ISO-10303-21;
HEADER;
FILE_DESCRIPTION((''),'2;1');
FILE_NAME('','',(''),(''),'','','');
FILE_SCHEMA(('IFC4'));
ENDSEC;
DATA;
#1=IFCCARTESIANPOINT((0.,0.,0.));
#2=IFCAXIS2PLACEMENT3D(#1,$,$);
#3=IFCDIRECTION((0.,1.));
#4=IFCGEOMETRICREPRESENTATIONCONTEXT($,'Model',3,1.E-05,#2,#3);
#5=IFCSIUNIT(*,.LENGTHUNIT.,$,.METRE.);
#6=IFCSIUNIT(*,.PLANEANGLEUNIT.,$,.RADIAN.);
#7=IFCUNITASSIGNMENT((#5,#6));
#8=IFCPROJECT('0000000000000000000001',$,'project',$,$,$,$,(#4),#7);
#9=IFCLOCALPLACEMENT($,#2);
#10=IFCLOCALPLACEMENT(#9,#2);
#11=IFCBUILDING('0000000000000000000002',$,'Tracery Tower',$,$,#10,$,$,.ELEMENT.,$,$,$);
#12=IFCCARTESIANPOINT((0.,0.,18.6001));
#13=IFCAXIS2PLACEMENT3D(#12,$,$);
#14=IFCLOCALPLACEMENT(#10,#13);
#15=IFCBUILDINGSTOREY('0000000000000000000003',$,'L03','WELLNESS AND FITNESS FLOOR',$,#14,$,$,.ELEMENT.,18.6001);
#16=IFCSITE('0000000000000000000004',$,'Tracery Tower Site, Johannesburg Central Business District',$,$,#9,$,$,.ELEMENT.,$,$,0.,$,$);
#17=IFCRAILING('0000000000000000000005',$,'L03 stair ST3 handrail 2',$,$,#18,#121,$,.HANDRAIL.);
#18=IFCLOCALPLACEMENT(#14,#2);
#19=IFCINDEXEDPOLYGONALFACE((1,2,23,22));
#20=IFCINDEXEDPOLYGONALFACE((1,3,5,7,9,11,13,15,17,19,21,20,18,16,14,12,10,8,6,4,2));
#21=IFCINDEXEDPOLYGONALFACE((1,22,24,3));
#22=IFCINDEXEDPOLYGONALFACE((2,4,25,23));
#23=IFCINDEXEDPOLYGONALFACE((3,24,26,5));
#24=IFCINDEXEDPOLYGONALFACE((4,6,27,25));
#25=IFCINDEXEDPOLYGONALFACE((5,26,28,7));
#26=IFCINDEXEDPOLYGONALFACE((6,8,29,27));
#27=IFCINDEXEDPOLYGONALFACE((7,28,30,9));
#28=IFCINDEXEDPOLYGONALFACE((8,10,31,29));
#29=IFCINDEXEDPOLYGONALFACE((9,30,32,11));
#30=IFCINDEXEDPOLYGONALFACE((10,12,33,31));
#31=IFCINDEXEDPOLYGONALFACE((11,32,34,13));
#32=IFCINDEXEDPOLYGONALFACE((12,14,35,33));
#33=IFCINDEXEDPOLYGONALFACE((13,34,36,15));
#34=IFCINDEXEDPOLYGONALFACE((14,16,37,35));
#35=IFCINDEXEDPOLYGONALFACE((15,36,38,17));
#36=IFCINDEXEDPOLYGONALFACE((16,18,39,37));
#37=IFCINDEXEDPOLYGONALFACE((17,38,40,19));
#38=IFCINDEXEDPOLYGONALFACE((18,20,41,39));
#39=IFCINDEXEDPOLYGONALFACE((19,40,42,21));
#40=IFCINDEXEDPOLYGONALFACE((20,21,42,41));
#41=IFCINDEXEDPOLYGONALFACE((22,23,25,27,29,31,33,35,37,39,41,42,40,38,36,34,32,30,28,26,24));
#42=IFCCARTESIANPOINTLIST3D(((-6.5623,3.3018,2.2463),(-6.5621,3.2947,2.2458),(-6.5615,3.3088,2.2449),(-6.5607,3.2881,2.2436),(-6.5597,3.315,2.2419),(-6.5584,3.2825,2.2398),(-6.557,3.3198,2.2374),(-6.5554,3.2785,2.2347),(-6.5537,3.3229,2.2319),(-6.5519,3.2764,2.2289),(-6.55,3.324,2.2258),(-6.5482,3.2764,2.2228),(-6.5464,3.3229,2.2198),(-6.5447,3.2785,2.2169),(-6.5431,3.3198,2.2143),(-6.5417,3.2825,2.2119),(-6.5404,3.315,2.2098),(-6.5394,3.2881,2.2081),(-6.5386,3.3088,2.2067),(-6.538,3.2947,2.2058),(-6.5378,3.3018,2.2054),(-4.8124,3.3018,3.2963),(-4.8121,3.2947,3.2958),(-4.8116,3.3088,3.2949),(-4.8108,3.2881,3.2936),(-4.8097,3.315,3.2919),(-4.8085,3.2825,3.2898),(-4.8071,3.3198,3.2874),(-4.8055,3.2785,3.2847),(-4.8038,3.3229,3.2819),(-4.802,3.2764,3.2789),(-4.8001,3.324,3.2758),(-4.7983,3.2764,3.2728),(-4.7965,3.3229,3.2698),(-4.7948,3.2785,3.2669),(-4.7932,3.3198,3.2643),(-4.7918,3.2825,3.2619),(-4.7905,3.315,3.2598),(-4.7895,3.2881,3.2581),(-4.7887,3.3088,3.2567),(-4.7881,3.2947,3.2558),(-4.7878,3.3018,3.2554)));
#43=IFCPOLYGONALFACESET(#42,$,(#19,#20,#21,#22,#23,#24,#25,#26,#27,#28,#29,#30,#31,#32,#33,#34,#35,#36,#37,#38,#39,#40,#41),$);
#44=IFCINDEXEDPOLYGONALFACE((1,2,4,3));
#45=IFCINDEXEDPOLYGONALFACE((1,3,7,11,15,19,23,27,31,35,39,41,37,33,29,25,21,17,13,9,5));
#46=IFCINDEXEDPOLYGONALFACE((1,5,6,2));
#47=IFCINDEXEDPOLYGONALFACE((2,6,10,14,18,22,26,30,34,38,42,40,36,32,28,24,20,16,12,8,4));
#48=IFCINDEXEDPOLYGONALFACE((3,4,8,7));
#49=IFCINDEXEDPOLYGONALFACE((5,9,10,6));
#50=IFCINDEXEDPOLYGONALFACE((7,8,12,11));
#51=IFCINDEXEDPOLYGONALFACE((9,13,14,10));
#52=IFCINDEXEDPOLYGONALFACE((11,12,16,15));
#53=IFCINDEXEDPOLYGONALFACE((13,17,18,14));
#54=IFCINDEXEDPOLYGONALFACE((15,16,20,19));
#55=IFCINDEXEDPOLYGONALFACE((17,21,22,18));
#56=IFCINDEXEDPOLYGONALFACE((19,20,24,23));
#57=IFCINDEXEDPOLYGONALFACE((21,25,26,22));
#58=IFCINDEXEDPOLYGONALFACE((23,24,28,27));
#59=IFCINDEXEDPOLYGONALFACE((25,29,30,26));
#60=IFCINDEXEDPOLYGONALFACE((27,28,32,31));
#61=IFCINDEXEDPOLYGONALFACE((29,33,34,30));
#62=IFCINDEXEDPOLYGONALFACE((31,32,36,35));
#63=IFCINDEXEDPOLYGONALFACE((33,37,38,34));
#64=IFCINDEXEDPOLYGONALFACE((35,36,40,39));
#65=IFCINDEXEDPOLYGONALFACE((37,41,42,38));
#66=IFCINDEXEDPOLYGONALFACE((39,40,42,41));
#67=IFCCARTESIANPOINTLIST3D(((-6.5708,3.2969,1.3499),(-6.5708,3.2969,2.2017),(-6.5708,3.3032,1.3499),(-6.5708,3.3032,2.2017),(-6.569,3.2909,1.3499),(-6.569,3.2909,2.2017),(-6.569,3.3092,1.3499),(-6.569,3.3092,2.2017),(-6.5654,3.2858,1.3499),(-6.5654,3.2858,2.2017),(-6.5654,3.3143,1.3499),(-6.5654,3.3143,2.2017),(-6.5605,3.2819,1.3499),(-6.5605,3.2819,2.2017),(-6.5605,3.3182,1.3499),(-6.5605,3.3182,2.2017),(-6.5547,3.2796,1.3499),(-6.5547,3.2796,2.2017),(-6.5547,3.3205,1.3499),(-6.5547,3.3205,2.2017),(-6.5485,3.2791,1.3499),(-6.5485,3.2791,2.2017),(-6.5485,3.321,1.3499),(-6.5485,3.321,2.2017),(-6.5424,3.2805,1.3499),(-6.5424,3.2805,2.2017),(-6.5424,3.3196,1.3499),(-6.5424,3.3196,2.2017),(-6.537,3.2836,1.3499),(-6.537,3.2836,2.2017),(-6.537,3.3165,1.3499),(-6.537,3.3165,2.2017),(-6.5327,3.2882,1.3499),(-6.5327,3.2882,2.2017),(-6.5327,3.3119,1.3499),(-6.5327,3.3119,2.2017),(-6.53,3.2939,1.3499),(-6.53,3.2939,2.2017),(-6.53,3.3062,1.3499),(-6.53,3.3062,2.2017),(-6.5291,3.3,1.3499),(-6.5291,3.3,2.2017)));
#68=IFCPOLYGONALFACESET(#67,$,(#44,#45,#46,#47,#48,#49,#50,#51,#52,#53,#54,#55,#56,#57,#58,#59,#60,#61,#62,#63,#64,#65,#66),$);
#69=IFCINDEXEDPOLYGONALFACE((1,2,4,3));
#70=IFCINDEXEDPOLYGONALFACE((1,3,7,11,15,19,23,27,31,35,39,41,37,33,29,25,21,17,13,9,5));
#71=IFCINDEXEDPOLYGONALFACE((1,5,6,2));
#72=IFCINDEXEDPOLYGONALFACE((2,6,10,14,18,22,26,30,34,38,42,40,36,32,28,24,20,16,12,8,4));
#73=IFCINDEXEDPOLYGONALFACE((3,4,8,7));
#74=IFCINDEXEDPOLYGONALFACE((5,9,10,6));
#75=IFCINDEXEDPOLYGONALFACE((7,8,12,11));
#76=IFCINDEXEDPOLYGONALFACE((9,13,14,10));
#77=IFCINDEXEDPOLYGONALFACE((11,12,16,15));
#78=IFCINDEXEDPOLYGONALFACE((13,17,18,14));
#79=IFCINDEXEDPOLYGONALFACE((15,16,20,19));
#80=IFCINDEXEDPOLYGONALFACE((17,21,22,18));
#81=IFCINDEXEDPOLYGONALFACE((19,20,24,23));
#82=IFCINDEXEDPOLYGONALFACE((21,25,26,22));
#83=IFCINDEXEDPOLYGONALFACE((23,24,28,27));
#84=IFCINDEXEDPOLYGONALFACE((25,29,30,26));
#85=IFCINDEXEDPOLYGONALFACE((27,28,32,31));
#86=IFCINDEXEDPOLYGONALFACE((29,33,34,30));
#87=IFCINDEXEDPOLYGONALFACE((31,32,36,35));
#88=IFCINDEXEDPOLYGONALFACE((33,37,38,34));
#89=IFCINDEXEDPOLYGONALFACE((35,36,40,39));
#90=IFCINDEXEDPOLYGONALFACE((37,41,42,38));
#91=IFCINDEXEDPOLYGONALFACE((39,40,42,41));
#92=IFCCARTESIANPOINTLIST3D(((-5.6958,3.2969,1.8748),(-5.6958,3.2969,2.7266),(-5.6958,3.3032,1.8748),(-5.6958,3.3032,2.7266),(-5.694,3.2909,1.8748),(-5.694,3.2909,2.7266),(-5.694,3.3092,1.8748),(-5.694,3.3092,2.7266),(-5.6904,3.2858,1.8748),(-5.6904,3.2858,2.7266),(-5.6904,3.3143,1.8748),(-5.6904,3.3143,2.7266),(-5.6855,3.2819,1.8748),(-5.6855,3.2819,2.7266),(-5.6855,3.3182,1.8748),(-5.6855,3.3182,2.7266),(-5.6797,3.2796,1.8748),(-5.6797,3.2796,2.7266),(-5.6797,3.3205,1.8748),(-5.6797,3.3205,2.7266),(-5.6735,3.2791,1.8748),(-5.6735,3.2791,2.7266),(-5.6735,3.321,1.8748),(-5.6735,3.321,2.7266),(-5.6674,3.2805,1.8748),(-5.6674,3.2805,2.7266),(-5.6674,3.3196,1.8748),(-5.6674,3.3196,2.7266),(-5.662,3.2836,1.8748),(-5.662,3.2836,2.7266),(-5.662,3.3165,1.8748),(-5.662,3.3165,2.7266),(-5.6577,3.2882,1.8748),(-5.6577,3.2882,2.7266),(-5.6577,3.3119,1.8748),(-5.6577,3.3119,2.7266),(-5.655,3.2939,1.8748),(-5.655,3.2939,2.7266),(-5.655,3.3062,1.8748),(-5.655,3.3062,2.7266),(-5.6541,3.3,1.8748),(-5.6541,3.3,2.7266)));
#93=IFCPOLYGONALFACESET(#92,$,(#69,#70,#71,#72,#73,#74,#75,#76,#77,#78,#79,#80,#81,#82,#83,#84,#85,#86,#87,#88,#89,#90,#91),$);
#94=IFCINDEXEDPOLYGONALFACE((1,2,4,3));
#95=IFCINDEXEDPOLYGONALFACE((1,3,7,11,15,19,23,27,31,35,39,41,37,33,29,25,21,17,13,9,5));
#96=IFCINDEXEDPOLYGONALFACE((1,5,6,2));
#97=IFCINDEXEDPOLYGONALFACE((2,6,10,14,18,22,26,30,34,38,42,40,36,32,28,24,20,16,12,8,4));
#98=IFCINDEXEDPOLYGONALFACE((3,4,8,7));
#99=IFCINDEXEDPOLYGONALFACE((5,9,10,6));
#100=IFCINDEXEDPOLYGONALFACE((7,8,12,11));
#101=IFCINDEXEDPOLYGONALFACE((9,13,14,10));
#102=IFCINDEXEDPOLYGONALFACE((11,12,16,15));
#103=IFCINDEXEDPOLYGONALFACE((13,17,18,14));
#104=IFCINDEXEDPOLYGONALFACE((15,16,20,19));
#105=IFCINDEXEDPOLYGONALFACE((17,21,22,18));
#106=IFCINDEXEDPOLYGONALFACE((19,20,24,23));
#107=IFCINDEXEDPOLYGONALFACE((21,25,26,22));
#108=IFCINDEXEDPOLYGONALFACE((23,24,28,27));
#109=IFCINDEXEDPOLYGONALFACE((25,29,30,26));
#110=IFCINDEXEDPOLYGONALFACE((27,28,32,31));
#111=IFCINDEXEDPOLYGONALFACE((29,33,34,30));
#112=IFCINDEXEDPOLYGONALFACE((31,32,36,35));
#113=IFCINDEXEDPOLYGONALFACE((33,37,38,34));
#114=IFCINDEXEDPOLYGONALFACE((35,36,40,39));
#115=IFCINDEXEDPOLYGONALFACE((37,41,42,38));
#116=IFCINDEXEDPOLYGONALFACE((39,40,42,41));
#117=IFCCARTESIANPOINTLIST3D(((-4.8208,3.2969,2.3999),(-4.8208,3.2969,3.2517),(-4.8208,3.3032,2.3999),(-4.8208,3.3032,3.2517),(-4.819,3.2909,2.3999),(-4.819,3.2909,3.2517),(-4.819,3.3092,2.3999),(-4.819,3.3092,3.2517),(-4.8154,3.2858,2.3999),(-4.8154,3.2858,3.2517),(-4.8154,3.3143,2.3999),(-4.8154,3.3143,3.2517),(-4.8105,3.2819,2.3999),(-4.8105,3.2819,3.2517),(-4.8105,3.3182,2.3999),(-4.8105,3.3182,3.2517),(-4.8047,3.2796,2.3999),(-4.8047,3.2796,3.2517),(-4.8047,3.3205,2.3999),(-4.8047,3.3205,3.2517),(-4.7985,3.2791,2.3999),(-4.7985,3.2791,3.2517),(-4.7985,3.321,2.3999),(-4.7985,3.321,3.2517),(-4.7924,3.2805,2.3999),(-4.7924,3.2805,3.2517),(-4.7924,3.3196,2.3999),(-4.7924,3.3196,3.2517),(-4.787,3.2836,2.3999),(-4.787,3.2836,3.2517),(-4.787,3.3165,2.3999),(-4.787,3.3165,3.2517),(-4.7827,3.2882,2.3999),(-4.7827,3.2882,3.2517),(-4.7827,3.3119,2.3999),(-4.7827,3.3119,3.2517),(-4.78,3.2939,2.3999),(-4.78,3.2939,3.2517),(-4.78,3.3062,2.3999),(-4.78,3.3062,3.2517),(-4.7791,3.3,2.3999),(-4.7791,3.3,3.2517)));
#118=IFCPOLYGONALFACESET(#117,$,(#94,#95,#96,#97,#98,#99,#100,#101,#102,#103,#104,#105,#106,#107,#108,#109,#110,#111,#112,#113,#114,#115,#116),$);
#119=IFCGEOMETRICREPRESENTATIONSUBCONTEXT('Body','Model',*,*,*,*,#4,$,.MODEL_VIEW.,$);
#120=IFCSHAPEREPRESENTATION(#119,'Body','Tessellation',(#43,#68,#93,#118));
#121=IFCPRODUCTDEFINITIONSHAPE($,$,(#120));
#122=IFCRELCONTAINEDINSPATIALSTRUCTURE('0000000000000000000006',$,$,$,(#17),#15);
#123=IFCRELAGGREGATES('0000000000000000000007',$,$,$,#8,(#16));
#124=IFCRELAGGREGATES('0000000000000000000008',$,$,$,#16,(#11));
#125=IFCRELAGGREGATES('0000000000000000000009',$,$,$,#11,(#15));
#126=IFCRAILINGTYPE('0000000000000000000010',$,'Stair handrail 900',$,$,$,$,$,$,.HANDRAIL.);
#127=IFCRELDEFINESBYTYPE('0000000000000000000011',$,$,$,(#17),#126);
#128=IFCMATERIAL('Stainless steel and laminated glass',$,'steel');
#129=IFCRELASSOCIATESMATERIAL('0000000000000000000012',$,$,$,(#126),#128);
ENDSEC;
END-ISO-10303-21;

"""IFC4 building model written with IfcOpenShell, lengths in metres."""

from ifc_helpers import new_model, si_unit, direction, frame, origin, origin_2d, place, context, subcontext, project, spatial, circle, extrude, material, type_object, element, save


model = new_model("IFC4")

# Units and contexts
model_context = context("Model", 3, precision=1e-05, world=origin(), true_north=direction((0.0, 1.0)))
body_context = subcontext(model_context, "Body", "Model", "MODEL_VIEW")
ifc_project = project(units=[si_unit("LENGTHUNIT", "METRE"), si_unit("PLANEANGLEUNIT", "RADIAN")], contexts=[model_context])

# Site, building, storey
site_placement = place(None, origin())
site = spatial("IfcSite", under=ifc_project, at=site_placement, Name="Tracery Tower Site, Johannesburg Central Business District", CompositionType="ELEMENT", RefElevation=0.0)
building_placement = place(site_placement, origin())
building = spatial("IfcBuilding", under=site, at=building_placement, Name="Tracery Tower", CompositionType="ELEMENT")
storey_placement = place(building_placement, frame((0.0, 0.0, 18.6001)))
storey = spatial("IfcBuildingStorey", under=building, at=storey_placement, Name="L03", Description="WELLNESS AND FITNESS FLOOR", CompositionType="ELEMENT", Elevation=18.6001)

# Railing
ifc_material_1 = material(Name="Stainless steel and laminated glass", Category="steel")
railing_type_1 = type_object("IfcRailingType", Name="Stair handrail 900", PredefinedType="HANDRAIL", material=ifc_material_1)
railing_1_placement = place(storey_placement, frame((-6.55, 3.3, 1.3499)))
element("IfcRailing", 1, at=railing_1_placement, inside=storey, type_object=railing_type_1, Name="L03 stair ST3 handrail 2", PredefinedType="HANDRAIL", context=body_context, shape_type="SweptSolid", body=[
    extrude(circle(Radius=0.0239, at=origin_2d()), frame((0.0, 0.0, 0.876), z_axis=(0.857482, 0.0, 0.514513), x_axis=(0.0, 1.0, 0.0)), (0.0, 0.0, 1.0), 2.0408),
    extrude(circle(Radius=0.021, at=origin_2d()), origin(), (0.0, 0.0, 1.0), 0.8518),
    extrude(circle(Radius=0.021, at=origin_2d()), frame((0.875, 0.0, 0.5249)), (0.0, 0.0, 1.0), 0.8518),
    extrude(circle(Radius=0.021, at=origin_2d()), frame((1.75, 0.0, 1.05)), (0.0, 0.0, 1.0), 0.8518),
])

save(model, "model.ifc")
